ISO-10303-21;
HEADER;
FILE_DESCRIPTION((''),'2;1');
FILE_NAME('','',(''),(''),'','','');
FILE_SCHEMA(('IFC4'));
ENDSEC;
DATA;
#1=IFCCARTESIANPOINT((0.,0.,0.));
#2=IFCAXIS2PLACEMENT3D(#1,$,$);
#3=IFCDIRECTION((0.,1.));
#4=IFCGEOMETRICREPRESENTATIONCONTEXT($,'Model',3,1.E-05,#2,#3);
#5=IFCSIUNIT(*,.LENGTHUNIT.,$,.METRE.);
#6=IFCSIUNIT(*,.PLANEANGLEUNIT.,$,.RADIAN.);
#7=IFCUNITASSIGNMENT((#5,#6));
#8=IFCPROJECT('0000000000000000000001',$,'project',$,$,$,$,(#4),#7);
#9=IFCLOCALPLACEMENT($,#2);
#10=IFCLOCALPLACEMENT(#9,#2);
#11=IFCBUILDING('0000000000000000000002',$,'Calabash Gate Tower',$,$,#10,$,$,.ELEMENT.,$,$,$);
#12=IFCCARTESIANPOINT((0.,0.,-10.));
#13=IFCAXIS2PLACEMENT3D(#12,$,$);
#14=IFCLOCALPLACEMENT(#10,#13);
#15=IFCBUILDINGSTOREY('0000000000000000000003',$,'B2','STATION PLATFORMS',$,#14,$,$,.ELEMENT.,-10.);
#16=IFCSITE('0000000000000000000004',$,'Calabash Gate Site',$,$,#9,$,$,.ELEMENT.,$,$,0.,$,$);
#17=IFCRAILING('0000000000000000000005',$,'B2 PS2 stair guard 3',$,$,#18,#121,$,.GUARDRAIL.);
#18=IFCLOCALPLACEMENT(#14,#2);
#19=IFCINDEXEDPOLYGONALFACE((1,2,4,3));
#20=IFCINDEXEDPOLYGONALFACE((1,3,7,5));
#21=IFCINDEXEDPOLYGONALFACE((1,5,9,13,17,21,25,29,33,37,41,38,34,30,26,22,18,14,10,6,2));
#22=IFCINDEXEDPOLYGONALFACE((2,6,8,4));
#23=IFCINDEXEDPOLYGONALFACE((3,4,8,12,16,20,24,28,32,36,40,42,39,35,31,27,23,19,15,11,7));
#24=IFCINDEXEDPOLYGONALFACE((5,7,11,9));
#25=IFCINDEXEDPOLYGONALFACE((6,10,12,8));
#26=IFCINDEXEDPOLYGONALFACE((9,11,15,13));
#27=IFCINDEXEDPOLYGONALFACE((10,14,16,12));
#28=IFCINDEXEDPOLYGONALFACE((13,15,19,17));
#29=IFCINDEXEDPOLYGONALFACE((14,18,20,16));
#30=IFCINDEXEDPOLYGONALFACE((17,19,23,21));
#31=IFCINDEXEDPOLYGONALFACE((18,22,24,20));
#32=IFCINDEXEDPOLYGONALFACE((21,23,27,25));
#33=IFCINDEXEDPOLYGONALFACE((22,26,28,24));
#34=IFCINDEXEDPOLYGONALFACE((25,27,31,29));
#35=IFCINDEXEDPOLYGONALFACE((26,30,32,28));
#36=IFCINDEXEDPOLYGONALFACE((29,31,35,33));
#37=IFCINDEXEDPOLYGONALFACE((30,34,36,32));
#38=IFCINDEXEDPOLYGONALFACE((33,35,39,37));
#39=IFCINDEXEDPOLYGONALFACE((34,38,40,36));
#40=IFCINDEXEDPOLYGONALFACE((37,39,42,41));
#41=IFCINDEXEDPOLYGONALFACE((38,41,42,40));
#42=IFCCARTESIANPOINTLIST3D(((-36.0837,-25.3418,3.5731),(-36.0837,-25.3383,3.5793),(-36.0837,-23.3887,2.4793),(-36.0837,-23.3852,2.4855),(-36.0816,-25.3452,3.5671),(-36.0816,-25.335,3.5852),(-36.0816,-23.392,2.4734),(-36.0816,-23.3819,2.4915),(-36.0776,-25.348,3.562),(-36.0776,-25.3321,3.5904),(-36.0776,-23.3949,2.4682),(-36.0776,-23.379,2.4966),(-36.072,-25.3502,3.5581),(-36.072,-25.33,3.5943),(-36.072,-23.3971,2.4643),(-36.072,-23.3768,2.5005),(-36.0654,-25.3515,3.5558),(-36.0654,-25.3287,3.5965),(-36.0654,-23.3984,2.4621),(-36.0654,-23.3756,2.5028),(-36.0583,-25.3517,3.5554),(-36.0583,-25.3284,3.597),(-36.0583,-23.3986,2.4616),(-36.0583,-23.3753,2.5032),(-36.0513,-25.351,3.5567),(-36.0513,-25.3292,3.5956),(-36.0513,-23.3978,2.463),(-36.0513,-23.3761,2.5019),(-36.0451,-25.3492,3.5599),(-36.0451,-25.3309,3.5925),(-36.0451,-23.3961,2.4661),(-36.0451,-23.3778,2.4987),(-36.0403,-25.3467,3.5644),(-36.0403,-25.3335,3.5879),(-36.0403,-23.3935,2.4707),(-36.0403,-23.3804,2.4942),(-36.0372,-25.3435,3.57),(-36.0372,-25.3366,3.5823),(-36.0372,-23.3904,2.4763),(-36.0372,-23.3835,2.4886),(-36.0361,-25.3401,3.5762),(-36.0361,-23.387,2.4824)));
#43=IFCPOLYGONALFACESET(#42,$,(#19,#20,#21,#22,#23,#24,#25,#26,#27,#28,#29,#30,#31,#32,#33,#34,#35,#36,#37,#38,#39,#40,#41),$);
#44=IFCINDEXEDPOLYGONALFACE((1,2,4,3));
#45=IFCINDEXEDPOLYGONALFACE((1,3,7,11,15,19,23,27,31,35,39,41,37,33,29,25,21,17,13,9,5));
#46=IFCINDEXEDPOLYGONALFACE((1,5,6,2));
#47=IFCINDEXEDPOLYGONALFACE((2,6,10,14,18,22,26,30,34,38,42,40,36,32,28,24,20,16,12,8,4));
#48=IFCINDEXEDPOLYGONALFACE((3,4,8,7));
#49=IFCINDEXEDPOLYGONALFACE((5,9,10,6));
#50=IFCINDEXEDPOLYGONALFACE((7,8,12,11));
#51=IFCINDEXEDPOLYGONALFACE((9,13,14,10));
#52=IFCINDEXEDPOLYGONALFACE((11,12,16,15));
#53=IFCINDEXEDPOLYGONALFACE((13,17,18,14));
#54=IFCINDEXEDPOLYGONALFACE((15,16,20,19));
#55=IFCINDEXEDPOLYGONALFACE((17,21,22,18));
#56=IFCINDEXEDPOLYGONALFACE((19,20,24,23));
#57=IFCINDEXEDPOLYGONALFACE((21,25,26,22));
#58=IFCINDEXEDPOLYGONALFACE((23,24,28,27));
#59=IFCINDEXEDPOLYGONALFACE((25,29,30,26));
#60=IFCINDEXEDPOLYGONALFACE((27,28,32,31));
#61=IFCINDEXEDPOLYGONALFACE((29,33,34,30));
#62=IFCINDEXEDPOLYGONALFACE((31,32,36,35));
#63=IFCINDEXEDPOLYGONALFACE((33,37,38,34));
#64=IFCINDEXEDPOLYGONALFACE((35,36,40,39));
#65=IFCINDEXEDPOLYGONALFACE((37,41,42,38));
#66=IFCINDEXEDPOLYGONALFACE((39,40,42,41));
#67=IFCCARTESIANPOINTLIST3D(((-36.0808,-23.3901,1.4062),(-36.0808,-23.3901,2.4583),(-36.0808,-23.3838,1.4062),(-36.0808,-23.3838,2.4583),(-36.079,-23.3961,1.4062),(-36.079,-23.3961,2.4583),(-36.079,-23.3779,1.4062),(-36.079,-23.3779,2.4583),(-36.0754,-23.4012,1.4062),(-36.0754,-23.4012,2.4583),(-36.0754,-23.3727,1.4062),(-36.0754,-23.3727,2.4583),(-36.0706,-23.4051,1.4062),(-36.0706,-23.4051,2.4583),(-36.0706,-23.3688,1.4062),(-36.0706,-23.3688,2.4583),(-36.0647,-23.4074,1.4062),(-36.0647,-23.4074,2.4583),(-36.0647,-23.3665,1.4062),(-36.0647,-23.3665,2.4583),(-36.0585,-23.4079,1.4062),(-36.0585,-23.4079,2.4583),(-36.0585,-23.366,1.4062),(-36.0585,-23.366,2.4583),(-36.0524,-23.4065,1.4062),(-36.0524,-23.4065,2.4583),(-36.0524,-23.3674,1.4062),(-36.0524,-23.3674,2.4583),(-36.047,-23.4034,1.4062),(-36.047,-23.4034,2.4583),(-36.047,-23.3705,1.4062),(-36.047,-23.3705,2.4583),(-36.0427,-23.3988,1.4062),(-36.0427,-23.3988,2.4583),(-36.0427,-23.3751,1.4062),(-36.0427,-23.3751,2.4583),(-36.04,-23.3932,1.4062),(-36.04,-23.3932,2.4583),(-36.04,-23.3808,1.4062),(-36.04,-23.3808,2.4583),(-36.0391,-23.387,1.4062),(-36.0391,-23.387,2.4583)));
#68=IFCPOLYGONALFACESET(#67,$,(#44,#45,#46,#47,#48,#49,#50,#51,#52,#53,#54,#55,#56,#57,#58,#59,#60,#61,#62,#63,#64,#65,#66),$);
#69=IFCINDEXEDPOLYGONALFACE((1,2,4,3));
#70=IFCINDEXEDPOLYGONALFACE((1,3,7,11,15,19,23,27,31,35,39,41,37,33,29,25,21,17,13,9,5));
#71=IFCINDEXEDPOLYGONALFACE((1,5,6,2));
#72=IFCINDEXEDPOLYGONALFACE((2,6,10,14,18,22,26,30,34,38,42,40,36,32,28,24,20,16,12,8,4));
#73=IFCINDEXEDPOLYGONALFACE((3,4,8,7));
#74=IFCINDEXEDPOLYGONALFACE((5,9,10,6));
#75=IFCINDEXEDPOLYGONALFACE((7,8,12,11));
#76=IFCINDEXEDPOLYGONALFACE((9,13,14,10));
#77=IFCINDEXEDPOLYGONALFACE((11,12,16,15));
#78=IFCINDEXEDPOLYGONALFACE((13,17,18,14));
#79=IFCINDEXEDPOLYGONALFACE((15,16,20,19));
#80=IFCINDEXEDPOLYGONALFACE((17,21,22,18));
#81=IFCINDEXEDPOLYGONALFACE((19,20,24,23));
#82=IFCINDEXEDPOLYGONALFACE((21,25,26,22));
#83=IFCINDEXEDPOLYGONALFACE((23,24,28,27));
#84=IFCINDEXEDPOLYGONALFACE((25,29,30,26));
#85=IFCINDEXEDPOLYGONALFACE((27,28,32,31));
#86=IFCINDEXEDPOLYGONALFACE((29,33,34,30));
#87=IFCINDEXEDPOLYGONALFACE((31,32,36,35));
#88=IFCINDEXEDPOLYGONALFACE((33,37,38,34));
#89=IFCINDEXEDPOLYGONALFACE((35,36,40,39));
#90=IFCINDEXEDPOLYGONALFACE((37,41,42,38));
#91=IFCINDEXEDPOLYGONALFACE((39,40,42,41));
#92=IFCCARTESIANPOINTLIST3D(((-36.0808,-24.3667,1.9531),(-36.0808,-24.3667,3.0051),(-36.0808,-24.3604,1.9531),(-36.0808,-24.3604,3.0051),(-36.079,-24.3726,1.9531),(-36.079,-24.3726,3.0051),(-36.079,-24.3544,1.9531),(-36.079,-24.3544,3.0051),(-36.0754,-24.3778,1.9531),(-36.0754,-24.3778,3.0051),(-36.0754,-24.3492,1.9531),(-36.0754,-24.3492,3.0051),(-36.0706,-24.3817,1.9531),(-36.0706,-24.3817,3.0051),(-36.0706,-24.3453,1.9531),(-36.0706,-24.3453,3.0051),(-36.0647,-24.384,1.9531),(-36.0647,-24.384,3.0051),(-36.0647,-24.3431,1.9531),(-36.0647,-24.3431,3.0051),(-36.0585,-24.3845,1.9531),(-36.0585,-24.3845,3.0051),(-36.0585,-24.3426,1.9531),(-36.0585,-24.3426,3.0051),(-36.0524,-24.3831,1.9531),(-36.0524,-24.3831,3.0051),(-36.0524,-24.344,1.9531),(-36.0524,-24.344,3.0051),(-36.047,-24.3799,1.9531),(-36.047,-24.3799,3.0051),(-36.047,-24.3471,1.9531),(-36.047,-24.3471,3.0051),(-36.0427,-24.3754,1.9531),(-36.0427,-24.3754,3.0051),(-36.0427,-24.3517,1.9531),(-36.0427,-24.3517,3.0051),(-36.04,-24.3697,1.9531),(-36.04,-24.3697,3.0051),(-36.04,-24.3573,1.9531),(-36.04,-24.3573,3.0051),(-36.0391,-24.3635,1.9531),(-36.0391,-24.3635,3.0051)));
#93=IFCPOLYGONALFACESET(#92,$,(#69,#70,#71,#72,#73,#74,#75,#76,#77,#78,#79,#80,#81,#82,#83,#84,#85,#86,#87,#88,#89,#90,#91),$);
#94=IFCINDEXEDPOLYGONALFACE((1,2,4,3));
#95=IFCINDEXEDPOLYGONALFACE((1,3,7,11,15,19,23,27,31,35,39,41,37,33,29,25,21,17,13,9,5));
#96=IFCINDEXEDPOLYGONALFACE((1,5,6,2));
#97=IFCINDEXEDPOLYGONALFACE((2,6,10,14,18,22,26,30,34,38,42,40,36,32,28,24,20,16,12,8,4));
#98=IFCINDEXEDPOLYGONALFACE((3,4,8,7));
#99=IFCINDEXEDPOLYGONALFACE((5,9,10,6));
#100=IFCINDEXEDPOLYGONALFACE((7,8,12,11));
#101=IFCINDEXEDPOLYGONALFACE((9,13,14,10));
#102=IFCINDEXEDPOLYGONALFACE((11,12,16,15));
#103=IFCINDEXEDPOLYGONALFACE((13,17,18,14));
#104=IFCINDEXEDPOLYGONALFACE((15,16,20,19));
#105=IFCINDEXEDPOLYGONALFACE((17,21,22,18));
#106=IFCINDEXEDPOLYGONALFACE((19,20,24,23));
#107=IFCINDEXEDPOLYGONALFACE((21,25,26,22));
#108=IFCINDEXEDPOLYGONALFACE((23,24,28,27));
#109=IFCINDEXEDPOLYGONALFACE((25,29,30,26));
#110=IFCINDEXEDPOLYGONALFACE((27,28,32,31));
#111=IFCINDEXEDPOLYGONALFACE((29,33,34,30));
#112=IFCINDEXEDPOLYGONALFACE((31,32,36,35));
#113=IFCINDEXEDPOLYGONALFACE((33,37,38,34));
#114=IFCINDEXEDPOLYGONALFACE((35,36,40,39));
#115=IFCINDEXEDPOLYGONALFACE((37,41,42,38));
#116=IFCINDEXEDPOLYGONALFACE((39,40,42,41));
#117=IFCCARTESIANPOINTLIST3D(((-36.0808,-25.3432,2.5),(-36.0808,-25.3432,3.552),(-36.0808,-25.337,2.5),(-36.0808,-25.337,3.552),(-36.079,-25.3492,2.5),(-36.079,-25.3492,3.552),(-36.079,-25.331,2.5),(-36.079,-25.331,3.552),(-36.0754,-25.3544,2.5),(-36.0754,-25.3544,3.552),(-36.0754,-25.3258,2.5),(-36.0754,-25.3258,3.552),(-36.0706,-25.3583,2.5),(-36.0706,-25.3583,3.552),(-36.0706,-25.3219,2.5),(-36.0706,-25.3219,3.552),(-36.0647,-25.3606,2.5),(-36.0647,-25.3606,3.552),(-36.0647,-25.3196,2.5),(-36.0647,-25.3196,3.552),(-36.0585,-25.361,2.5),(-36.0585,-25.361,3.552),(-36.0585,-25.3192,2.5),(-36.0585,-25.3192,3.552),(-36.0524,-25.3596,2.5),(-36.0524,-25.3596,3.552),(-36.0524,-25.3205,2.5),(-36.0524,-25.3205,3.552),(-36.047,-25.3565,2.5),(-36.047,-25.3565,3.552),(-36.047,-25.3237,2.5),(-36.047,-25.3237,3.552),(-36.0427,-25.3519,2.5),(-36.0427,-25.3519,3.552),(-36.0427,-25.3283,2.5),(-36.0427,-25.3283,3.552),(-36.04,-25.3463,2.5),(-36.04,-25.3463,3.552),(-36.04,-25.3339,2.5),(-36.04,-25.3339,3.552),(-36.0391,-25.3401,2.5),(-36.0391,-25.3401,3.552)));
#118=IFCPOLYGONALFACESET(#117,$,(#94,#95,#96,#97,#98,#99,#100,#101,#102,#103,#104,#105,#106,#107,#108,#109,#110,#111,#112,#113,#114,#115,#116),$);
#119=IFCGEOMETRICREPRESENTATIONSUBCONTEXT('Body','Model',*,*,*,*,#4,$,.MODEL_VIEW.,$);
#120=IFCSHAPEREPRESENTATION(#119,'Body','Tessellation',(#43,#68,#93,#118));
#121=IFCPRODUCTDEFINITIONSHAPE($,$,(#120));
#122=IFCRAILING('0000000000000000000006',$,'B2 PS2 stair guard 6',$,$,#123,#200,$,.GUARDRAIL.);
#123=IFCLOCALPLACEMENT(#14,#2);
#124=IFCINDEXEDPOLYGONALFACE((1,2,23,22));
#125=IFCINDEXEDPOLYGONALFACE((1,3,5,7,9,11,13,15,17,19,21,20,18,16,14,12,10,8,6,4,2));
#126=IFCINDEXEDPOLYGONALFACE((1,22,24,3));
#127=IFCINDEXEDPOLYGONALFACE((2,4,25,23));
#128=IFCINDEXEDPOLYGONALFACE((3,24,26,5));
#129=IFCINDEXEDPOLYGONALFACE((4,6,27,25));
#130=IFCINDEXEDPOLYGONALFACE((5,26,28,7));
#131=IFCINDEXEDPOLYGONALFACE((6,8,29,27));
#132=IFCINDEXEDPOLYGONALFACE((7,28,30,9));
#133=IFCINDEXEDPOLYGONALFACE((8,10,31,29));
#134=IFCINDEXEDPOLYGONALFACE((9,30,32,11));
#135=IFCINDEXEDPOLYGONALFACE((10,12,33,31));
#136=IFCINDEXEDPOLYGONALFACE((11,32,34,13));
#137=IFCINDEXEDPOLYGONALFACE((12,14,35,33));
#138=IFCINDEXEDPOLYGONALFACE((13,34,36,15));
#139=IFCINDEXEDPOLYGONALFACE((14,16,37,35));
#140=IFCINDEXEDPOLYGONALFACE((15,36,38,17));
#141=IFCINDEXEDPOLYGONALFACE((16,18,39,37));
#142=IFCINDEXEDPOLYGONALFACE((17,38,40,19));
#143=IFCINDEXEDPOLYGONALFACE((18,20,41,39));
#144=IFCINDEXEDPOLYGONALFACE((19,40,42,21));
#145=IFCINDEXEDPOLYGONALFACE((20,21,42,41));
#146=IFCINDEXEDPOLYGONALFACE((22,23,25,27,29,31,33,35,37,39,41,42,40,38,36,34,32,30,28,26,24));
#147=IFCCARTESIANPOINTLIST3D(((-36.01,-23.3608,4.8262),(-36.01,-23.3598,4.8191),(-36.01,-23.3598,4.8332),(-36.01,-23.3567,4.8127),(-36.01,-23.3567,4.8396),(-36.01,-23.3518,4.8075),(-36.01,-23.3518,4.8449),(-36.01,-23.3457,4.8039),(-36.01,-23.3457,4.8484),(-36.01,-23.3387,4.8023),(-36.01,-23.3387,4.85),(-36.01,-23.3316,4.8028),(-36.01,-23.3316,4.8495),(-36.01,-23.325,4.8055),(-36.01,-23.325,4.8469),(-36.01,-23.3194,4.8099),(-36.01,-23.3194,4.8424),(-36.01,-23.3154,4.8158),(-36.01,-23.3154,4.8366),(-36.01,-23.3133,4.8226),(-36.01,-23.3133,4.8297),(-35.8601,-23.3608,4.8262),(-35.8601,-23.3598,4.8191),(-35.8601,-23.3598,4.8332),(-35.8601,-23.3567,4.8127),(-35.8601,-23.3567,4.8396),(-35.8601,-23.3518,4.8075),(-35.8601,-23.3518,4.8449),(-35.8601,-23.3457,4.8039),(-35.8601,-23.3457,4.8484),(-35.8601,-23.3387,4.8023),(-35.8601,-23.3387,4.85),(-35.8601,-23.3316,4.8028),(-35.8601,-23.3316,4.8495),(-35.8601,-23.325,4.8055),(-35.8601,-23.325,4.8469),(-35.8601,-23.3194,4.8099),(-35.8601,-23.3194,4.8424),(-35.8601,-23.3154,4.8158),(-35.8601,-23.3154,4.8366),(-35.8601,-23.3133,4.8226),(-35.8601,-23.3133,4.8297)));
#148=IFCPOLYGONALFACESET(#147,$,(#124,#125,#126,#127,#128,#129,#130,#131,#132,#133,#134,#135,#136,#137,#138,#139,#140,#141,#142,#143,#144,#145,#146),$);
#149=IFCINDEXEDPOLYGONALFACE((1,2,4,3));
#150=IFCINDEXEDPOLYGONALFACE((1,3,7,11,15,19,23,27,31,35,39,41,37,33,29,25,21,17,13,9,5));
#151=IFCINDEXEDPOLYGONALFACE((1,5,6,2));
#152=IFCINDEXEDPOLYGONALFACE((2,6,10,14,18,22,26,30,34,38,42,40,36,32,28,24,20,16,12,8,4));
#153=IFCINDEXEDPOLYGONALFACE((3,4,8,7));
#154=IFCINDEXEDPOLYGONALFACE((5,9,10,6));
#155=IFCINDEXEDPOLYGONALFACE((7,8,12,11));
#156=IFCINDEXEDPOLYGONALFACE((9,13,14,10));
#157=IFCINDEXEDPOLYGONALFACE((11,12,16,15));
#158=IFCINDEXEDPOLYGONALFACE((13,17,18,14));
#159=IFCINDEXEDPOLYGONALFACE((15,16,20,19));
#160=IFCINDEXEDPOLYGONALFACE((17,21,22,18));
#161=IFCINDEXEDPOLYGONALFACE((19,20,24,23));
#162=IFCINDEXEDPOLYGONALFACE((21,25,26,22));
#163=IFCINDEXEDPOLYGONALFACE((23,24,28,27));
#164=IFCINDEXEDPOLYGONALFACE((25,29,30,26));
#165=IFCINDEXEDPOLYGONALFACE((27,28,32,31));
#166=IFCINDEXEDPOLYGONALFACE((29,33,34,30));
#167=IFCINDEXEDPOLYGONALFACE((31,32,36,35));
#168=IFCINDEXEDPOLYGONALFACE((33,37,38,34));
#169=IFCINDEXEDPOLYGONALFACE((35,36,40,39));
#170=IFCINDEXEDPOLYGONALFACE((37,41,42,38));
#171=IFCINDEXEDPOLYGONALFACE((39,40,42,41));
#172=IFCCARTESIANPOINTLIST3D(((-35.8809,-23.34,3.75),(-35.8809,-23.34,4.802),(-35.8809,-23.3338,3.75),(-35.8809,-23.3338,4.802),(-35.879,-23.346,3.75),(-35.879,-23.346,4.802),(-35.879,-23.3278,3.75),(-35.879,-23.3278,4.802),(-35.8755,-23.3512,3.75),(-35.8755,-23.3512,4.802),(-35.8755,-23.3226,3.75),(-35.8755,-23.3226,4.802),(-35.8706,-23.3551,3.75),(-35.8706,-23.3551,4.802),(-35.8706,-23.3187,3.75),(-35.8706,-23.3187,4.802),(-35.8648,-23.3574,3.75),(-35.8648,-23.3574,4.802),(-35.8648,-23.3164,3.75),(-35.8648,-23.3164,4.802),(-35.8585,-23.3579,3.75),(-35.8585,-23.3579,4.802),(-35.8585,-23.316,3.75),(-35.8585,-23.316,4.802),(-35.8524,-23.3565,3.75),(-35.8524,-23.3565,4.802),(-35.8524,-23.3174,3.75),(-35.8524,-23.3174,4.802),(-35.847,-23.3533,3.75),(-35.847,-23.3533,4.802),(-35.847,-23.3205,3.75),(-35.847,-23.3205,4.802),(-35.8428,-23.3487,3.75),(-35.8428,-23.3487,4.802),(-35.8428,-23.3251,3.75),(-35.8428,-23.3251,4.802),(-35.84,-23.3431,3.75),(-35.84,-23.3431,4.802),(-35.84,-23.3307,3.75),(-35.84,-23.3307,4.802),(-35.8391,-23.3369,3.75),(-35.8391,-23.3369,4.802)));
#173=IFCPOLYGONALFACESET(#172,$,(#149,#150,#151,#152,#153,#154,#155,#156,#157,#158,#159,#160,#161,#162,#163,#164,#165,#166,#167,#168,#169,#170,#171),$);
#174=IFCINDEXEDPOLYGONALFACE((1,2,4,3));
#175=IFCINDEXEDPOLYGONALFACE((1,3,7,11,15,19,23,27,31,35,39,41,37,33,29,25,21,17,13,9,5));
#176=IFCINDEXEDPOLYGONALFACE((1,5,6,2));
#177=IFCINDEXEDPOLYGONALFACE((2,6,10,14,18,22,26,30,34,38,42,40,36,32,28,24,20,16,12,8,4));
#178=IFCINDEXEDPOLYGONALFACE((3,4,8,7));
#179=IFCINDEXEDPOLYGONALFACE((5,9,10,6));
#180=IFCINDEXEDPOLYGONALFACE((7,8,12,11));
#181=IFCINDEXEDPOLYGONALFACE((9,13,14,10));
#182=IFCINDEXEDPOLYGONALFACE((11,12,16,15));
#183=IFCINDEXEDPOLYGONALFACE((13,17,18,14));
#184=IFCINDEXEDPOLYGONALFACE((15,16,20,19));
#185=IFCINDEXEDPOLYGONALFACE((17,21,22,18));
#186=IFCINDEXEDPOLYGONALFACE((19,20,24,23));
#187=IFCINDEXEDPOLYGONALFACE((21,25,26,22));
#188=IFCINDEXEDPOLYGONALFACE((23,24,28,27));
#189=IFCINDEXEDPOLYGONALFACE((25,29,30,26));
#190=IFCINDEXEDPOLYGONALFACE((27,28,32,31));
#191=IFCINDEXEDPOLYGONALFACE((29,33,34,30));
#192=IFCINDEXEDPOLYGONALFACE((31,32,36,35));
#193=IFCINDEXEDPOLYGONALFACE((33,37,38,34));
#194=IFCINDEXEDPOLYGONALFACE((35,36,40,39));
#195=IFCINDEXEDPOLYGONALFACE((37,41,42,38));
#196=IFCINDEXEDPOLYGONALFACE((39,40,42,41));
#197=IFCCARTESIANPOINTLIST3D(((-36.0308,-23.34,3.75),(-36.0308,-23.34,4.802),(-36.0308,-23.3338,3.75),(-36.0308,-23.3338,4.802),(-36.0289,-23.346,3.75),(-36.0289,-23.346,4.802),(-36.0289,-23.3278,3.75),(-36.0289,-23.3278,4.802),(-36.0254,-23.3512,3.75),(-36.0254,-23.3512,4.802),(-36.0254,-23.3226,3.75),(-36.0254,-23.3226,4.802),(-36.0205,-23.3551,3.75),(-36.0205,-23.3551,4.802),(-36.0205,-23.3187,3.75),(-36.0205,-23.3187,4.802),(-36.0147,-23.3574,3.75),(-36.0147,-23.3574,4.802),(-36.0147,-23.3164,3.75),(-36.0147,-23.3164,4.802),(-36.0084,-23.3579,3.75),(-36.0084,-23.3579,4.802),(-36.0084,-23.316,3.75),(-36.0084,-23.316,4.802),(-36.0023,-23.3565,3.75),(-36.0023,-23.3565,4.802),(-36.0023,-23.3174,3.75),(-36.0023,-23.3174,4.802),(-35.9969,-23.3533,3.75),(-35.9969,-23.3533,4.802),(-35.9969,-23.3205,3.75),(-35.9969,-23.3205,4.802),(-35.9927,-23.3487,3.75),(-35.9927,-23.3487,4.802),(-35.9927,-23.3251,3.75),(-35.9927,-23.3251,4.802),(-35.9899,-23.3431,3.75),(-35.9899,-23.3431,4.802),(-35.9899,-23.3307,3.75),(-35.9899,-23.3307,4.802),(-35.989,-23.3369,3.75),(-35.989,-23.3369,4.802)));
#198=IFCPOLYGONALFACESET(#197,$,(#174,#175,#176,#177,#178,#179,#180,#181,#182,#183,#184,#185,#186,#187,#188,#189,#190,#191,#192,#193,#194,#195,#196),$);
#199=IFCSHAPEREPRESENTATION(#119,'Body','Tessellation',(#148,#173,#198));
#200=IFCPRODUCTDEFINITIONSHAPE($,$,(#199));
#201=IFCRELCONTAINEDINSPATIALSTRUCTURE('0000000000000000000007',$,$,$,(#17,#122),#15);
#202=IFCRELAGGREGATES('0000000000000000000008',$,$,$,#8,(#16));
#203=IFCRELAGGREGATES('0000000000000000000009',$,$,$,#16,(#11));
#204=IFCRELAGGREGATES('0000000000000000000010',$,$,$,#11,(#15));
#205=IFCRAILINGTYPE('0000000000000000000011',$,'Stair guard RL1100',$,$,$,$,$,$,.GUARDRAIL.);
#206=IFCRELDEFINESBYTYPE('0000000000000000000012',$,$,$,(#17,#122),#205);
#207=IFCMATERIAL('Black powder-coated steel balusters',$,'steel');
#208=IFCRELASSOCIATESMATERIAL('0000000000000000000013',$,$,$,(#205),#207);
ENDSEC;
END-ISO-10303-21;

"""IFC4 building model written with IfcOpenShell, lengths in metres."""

from ifc_helpers import new_model, si_unit, direction, frame, origin, origin_2d, place, context, subcontext, project, spatial, circle, extrude, material, type_object, element, save


model = new_model("IFC4")

# Units and contexts
model_context = context("Model", 3, precision=1e-05, world=origin(), true_north=direction((0.0, 1.0)))
body_context = subcontext(model_context, "Body", "Model", "MODEL_VIEW")
ifc_project = project(units=[si_unit("LENGTHUNIT", "METRE"), si_unit("PLANEANGLEUNIT", "RADIAN")], contexts=[model_context])

# Site, building, storey
site_placement = place(None, origin())
site = spatial("IfcSite", under=ifc_project, at=site_placement, Name="Calabash Gate Site", CompositionType="ELEMENT", RefElevation=0.0)
building_placement = place(site_placement, origin())
building = spatial("IfcBuilding", under=site, at=building_placement, Name="Calabash Gate Tower", CompositionType="ELEMENT")
storey_placement = place(building_placement, frame((0.0, 0.0, -10.0)))
storey = spatial("IfcBuildingStorey", under=building, at=storey_placement, Name="B2", Description="STATION PLATFORMS", CompositionType="ELEMENT", Elevation=-10.0)

# Railings
ifc_material_1 = material(Name="Black powder-coated steel balusters", Category="steel")
railing_type_1 = type_object("IfcRailingType", Name="Stair guard RL1100", PredefinedType="GUARDRAIL", material=ifc_material_1)
railing_1_placement = place(storey_placement, frame((-36.0601, -23.387, 1.4062)))
element("IfcRailing", 1, at=railing_1_placement, inside=storey, type_object=railing_type_1, Name="B2 PS2 stair guard 3", PredefinedType="GUARDRAIL", context=body_context, shape_type="SweptSolid", body=[
    extrude(circle(Radius=0.0239, at=origin_2d()), frame((0.0, 0.0, 1.0762), z_axis=(0.0, -0.872506, 0.488603), x_axis=(1.0, 0.0, 0.0)), (0.0, 0.0, 1.0), 2.2385),
    extrude(circle(Radius=0.021, at=origin_2d()), origin(), (0.0, 0.0, 1.0), 1.052),
    extrude(circle(Radius=0.021, at=origin_2d()), frame((0.0, -0.9766, 0.5469)), (0.0, 0.0, 1.0), 1.052),
    extrude(circle(Radius=0.021, at=origin_2d()), frame((0.0, -1.9531, 1.0938)), (0.0, 0.0, 1.0), 1.052),
])
railing_2_placement = place(storey_placement, frame((-35.8601, -23.3369, 3.75)))
element("IfcRailing", 2, at=railing_2_placement, inside=storey, type_object=railing_type_1, Name="B2 PS2 stair guard 6", PredefinedType="GUARDRAIL", context=body_context, shape_type="SweptSolid", body=[
    extrude(circle(Radius=0.0239, at=origin_2d()), frame((0.0, 0.0, 1.0762), z_axis=(-1.0, 0.0, 0.0), x_axis=(0.0, -1.0, 0.0)), (0.0, 0.0, 1.0), 0.1499),
    extrude(circle(Radius=0.021, at=origin_2d()), origin(), (0.0, 0.0, 1.0), 1.052),
    extrude(circle(Radius=0.021, at=origin_2d()), frame((-0.1499, 0.0, 0.0)), (0.0, 0.0, 1.0), 1.052),
])

save(model, "model.ifc")
